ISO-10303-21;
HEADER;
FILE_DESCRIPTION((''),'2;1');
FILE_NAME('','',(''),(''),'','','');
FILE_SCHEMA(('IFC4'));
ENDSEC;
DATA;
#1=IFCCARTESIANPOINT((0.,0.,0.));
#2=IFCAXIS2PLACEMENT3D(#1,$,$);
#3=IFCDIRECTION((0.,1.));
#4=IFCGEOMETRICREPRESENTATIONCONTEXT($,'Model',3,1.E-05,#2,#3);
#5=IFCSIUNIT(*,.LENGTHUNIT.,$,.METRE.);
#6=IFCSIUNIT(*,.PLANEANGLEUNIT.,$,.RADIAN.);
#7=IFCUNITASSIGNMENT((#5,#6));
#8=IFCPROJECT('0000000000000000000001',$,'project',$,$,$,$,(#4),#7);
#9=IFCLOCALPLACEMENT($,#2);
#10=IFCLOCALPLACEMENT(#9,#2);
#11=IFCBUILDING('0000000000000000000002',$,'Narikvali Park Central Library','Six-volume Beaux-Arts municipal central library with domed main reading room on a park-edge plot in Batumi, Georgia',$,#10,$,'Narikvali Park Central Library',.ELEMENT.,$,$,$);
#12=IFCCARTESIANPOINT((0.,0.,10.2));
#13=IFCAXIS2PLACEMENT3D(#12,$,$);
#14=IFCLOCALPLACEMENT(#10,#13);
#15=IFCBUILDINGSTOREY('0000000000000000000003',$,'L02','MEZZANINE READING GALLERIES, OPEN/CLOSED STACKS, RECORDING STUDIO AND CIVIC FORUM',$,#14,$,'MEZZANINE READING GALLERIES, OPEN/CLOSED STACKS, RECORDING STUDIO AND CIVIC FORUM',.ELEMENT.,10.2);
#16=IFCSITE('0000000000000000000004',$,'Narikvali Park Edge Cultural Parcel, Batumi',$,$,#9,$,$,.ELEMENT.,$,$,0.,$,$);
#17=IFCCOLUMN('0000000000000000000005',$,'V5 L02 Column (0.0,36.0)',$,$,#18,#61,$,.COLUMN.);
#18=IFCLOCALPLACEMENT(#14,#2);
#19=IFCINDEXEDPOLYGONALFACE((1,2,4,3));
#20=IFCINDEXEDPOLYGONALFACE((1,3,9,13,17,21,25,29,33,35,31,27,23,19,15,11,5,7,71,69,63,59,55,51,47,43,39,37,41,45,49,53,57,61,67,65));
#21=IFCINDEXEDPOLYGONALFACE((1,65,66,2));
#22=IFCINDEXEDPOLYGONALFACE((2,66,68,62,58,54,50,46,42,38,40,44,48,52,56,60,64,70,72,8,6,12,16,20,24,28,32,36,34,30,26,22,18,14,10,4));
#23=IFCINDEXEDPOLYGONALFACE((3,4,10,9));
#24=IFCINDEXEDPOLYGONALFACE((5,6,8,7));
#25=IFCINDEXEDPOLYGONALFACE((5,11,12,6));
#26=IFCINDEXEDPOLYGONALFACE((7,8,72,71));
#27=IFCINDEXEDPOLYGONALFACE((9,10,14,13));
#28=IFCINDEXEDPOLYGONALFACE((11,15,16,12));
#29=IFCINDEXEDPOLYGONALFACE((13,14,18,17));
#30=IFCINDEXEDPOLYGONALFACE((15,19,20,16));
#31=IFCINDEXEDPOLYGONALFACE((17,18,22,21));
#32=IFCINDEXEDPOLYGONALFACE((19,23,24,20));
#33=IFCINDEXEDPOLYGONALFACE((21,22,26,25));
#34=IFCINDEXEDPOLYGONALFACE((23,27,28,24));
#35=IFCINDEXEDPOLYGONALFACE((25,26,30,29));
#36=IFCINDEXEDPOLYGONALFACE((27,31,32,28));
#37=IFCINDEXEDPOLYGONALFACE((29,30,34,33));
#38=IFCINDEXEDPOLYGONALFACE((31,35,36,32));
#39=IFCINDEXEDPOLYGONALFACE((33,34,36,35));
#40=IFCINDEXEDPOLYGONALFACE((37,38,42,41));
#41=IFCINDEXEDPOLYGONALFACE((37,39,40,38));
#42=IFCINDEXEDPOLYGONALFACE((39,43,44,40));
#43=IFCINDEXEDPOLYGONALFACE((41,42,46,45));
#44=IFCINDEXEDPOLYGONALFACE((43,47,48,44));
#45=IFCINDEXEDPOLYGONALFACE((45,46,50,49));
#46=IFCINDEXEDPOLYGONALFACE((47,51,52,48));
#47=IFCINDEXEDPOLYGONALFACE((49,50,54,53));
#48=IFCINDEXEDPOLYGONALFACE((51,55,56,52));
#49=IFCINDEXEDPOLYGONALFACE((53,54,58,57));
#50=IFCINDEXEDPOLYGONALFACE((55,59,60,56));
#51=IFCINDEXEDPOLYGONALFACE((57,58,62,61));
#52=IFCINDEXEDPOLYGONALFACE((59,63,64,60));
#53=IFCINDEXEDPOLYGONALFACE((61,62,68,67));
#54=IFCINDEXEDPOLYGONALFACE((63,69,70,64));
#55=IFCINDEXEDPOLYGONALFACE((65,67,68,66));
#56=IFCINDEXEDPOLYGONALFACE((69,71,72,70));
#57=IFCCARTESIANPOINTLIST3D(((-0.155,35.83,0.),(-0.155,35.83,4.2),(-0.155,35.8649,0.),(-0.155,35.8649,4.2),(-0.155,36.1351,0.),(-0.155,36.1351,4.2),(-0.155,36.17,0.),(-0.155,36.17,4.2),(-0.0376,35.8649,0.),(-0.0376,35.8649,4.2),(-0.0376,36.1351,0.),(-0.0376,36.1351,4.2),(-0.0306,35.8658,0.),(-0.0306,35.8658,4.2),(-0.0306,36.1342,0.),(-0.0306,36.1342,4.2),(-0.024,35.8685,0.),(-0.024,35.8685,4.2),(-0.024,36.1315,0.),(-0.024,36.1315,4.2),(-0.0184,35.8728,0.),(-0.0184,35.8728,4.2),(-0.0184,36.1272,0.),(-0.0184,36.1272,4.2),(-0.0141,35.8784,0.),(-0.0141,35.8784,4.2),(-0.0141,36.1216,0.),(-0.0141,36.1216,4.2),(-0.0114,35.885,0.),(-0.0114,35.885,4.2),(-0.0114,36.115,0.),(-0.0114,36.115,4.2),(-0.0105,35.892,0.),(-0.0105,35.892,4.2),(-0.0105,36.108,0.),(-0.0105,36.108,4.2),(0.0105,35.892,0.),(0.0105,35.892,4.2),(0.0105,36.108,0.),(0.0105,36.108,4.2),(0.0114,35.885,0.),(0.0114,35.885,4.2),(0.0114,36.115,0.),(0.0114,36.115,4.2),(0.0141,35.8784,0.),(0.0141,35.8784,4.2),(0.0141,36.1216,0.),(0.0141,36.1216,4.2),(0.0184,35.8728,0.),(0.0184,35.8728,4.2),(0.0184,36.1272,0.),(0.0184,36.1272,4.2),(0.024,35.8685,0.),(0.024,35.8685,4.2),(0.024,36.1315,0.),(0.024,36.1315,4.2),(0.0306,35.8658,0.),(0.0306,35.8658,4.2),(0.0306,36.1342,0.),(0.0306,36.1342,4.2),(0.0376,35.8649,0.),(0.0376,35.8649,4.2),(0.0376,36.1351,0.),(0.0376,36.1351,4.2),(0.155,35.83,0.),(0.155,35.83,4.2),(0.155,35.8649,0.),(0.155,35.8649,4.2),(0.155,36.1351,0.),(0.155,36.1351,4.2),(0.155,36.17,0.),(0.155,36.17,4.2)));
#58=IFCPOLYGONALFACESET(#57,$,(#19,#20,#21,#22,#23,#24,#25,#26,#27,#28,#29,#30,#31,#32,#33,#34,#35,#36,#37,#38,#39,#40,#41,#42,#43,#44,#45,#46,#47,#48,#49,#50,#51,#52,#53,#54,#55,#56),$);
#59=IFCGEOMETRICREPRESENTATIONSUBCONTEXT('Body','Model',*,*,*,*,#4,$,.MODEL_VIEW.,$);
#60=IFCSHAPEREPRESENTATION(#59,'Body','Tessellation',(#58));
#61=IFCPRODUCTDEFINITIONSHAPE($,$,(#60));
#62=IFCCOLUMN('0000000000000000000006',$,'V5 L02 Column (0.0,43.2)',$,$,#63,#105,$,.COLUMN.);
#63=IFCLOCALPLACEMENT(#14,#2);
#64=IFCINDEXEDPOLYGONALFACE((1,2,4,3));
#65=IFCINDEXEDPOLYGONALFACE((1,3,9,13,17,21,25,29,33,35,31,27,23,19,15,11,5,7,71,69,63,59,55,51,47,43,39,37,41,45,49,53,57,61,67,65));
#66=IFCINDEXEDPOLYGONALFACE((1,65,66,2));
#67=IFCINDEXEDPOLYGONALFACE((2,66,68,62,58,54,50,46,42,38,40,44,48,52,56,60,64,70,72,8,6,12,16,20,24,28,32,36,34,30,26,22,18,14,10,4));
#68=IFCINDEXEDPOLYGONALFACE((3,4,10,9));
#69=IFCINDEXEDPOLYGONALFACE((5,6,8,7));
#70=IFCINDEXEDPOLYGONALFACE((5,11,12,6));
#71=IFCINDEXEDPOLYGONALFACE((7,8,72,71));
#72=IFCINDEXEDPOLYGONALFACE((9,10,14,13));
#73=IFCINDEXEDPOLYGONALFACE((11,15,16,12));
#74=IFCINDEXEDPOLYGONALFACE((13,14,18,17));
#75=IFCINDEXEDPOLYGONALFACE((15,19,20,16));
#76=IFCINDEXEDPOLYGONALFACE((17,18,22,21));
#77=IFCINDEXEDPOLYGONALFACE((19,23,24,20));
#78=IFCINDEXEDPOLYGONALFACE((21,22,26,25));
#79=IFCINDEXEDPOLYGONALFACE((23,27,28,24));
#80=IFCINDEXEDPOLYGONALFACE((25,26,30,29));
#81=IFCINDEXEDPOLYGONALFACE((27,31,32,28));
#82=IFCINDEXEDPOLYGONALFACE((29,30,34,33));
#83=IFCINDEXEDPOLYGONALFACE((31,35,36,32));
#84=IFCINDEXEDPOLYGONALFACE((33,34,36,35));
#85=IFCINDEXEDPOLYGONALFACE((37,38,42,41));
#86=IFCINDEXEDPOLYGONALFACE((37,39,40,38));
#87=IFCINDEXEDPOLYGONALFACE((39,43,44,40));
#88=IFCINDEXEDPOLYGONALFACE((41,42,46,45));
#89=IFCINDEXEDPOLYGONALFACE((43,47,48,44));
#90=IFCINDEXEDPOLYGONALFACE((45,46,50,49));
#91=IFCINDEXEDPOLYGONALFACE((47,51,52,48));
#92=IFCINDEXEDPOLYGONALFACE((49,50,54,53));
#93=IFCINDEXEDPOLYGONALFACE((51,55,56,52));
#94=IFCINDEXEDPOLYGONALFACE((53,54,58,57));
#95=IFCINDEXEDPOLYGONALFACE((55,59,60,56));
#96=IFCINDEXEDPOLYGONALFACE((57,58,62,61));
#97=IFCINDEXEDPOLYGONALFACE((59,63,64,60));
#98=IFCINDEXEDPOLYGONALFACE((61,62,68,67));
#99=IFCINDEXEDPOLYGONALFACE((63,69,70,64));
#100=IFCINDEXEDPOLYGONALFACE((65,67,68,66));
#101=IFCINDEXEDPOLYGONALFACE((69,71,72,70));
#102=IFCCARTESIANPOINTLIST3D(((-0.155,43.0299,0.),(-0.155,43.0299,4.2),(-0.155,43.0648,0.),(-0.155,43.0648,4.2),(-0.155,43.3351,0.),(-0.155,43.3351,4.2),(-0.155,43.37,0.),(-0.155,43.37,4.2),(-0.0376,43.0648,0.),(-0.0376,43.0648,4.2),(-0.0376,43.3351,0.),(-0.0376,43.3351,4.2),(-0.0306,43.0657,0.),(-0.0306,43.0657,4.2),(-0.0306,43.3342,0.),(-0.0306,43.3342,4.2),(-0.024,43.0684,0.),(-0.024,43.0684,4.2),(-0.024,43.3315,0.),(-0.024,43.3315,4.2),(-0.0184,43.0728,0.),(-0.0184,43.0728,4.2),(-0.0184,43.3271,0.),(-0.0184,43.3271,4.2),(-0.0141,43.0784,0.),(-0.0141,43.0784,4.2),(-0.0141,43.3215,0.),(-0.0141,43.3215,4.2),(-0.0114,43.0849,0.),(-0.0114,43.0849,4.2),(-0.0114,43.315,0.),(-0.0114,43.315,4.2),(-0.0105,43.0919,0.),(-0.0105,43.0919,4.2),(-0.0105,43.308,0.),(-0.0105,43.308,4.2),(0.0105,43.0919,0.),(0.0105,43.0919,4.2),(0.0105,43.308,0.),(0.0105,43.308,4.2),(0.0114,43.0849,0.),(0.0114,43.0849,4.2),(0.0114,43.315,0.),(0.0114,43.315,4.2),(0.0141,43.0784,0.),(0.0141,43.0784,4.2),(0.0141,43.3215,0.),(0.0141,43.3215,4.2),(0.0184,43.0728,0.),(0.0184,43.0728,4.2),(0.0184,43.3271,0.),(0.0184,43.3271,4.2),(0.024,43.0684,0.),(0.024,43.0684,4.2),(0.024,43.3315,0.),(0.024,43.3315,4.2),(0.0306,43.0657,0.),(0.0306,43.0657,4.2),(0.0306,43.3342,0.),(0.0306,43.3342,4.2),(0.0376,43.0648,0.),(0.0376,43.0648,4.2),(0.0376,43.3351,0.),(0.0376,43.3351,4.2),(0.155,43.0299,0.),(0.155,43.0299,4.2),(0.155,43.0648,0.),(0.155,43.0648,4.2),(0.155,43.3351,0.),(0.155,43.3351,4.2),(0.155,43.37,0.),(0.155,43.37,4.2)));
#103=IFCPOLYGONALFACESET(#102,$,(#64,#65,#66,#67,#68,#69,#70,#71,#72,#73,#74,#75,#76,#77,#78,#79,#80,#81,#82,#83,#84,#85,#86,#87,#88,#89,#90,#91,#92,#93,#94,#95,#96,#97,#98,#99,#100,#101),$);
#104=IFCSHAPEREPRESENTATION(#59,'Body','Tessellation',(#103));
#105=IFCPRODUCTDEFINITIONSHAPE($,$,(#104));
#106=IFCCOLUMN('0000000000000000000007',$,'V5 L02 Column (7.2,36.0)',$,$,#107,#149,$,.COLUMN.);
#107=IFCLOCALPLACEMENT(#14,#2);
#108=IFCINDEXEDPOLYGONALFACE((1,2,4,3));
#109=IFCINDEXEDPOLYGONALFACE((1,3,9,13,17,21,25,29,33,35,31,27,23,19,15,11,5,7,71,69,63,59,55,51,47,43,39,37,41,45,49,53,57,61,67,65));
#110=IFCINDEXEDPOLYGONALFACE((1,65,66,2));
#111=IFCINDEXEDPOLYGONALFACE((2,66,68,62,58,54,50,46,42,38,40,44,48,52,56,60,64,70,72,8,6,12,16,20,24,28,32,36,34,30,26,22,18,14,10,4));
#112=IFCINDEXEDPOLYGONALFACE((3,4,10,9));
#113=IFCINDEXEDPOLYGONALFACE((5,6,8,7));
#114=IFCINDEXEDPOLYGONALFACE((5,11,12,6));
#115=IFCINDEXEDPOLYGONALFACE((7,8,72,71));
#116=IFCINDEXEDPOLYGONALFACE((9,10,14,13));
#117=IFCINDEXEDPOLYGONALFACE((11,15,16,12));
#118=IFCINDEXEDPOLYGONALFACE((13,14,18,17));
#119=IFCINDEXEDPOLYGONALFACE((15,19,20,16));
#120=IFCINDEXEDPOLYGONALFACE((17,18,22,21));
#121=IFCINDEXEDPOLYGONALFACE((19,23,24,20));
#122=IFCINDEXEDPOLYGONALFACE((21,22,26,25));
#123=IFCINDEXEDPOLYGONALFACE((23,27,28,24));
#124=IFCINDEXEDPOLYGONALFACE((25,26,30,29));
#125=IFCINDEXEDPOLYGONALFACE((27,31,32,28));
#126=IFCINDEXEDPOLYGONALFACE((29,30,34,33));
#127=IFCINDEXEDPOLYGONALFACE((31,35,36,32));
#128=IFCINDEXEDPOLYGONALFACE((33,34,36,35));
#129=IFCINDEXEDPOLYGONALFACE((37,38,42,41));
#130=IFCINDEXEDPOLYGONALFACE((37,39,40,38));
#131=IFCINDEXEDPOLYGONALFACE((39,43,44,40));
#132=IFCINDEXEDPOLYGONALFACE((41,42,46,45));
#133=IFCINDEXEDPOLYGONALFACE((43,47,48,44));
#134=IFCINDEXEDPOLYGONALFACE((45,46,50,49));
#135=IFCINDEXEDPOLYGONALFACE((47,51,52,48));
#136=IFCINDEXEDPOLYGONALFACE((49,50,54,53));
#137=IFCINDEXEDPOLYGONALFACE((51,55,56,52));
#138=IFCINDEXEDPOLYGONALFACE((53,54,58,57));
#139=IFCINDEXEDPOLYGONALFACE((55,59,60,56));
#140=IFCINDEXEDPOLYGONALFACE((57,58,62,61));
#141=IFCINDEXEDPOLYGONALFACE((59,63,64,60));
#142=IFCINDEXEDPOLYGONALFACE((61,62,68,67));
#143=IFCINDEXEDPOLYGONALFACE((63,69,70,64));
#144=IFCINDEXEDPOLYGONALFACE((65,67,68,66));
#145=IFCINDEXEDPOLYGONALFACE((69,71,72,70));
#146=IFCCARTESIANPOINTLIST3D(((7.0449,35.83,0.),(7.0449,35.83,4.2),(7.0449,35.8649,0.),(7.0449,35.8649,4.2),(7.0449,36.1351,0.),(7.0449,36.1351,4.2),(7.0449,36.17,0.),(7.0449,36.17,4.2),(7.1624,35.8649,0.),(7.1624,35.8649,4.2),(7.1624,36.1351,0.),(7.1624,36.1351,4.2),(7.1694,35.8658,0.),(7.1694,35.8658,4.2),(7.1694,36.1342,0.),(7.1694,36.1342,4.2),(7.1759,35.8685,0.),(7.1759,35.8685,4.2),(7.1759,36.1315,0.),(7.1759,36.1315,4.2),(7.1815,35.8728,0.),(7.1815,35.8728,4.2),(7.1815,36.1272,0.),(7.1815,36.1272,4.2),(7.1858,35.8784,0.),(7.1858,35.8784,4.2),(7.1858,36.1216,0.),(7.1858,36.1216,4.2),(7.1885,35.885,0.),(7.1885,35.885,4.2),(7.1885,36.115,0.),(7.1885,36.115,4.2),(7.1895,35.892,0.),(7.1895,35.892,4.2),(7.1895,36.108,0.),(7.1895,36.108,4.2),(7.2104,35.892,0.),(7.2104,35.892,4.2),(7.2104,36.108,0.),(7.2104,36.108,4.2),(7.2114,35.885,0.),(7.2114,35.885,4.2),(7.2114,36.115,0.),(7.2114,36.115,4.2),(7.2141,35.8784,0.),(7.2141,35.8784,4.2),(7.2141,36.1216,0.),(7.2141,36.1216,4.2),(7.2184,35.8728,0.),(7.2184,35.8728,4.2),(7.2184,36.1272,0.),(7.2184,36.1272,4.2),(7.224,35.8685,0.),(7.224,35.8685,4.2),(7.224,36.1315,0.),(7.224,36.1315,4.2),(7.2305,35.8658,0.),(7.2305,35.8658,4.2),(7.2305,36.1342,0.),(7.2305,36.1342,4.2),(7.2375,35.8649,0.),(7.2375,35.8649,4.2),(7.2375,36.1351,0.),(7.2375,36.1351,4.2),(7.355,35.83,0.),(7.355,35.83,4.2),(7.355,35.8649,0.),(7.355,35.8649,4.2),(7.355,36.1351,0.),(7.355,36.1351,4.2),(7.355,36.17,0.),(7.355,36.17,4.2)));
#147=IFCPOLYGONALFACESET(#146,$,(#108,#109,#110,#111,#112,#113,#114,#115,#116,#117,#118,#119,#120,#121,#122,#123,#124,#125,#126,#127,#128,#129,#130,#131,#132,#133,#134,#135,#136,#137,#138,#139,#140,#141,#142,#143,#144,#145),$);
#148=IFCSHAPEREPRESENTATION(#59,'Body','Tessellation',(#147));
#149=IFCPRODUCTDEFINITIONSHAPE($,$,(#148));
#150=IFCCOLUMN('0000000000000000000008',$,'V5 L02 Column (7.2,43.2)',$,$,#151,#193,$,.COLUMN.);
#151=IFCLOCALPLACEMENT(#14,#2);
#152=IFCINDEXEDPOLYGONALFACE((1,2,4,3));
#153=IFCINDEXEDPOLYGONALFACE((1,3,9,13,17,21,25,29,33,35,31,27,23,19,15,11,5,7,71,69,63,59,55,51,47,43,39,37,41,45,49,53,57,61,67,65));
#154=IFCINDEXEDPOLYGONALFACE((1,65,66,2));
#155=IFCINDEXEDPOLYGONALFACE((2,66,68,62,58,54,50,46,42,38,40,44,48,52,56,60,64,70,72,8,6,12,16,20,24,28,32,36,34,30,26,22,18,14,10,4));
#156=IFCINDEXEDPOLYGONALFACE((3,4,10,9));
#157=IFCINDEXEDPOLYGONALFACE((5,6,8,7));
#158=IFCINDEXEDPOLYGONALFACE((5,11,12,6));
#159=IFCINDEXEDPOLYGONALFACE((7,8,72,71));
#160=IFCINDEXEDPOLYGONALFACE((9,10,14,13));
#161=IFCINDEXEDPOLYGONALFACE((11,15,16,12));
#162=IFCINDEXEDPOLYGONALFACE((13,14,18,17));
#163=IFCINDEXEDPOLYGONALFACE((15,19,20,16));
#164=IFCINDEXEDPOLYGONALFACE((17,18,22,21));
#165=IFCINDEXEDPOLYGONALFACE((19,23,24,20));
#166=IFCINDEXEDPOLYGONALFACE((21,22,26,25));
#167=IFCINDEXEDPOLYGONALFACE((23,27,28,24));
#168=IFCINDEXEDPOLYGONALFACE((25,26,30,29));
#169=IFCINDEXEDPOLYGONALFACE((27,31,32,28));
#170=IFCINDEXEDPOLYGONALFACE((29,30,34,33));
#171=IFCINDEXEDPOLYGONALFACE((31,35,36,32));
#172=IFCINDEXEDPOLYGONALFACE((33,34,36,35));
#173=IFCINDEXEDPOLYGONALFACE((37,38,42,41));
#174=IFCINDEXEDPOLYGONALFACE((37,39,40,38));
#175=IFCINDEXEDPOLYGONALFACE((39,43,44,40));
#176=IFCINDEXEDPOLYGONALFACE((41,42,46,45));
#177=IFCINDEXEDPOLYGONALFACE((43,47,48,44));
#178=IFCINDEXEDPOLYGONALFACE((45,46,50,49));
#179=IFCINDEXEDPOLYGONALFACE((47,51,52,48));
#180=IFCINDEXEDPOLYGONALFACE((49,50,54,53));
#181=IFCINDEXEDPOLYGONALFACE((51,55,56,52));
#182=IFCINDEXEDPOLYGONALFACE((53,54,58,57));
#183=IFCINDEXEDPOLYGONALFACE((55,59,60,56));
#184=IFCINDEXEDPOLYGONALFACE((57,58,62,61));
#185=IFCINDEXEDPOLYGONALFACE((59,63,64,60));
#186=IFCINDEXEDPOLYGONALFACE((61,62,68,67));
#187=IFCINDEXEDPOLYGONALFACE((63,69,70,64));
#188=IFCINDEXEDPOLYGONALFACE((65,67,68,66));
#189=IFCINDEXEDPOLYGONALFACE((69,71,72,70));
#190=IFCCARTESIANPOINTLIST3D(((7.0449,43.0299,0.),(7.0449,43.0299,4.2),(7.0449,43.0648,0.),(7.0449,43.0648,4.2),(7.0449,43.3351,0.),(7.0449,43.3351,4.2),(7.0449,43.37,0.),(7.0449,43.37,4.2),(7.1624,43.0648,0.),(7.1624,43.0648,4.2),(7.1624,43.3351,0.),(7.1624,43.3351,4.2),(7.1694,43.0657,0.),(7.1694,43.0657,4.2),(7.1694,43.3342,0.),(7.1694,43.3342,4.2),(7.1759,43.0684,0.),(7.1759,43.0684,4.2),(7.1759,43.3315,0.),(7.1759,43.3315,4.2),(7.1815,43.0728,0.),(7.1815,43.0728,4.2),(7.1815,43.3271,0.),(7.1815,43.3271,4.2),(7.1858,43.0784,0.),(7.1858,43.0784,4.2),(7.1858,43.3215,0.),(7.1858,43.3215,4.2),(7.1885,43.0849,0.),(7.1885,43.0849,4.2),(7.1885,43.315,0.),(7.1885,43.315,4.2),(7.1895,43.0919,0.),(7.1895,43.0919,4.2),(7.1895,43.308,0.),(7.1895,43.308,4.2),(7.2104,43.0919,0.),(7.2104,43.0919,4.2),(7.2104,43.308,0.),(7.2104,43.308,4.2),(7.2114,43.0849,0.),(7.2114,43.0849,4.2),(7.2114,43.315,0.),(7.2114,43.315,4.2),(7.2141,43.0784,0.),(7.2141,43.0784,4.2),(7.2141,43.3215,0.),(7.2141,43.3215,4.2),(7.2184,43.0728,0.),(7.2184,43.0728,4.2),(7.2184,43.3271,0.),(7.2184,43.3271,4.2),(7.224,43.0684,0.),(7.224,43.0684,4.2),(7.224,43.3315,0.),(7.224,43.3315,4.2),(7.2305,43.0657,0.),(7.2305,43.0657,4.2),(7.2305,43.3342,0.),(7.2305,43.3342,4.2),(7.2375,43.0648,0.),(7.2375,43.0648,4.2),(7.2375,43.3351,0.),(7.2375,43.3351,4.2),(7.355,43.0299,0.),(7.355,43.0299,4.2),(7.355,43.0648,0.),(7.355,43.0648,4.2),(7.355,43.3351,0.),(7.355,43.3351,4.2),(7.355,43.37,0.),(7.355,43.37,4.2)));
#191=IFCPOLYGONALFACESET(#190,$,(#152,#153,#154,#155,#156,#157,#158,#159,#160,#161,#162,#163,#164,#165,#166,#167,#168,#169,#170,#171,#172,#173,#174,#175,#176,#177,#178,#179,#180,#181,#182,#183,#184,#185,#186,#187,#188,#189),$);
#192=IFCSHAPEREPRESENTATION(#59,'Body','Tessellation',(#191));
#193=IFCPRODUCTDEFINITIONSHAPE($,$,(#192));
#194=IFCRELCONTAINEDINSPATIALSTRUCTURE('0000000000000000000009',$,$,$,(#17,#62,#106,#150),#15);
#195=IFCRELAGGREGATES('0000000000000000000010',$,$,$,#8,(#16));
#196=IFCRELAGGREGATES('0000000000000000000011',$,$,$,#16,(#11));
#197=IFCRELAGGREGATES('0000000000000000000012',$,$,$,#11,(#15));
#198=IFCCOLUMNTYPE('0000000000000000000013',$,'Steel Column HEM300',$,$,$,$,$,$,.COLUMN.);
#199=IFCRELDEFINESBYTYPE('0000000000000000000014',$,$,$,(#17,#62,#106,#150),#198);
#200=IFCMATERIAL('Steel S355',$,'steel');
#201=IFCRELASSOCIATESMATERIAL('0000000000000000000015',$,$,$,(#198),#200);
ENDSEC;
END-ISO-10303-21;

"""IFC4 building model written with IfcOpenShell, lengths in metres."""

from ifc_helpers import new_model, si_unit, direction, frame, origin, origin_2d, place, context, subcontext, project, spatial, i_section, extrude, material, material_profile, profile_set, type_object, element, save


model = new_model("IFC4")

# Units and contexts
model_context = context("Model", 3, precision=1e-05, world=origin(), true_north=direction((0.0, 1.0)))
body_context = subcontext(model_context, "Body", "Model", "MODEL_VIEW")
ifc_project = project(units=[si_unit("LENGTHUNIT", "METRE"), si_unit("PLANEANGLEUNIT", "RADIAN")], contexts=[model_context])

# Site, building, storey
site_placement = place(None, origin())
site = spatial("IfcSite", under=ifc_project, at=site_placement, Name="Narikvali Park Edge Cultural Parcel, Batumi", CompositionType="ELEMENT", RefElevation=0.0)
building_placement = place(site_placement, origin())
building = spatial("IfcBuilding", under=site, at=building_placement, Name="Narikvali Park Central Library", Description="Six-volume Beaux-Arts municipal central library with domed main reading room on a park-edge plot in Batumi, Georgia", LongName="Narikvali Park Central Library", CompositionType="ELEMENT")
storey_placement = place(building_placement, frame((0.0, 0.0, 10.2)))
storey = spatial("IfcBuildingStorey", under=building, at=storey_placement, Name="L02", Description="MEZZANINE READING GALLERIES, OPEN/CLOSED STACKS, RECORDING STUDIO AND CIVIC FORUM", LongName="MEZZANINE READING GALLERIES, OPEN/CLOSED STACKS, RECORDING STUDIO AND CIVIC FORUM", CompositionType="ELEMENT", Elevation=10.2)

# Columns
ifc_material_1 = material(Name="Steel S355", Category="steel")
ifc_material_profile_1 = material_profile(ifc_material_1, i_section(OverallWidth=0.3101, OverallDepth=0.3401, WebThickness=0.021, FlangeThickness=0.0349, FilletRadius=0.0271, at=origin_2d()), Name="HEM 300")
ifc_profile_set_1 = profile_set([ifc_material_profile_1], Name="Steel S355")
column_type = type_object("IfcColumnType", Name="Steel Column HEM300", PredefinedType="COLUMN", material=ifc_profile_set_1)
for number, where, z_axis, x_axis, name in (
    (1, (0.0, 36.0, 0.0), (0.0, 0.0, 1.0), (1.0, 0.0, 0.0), "V5 L02 Column (0.0,36.0)"),
    (2, (0.0, 43.2, 0.0), (0.0, 0.0, 1.0), (1.0, 0.0, 0.0), "V5 L02 Column (0.0,43.2)"),
    (3, (7.2, 36.0, 0.0), (0.0, 0.0, 1.0), (1.0, 0.0, 0.0), "V5 L02 Column (7.2,36.0)"),
    (4, (7.2, 43.2, 0.0), (0.0, 0.0, 1.0), (1.0, 0.0, 0.0), "V5 L02 Column (7.2,43.2)"),
):
    element("IfcColumn", number, at=place(storey_placement, frame(where, z_axis=z_axis, x_axis=x_axis)), inside=storey, type_object=column_type, Name=name, PredefinedType="COLUMN", context=body_context, shape_type="SweptSolid", body=[
        extrude(i_section(OverallWidth=0.3101, OverallDepth=0.3401, WebThickness=0.021, FlangeThickness=0.0349, FilletRadius=0.0271, at=origin_2d()), origin(), (0.0, 0.0, 1.0), 4.2),
    ])

save(model, "model.ifc")
